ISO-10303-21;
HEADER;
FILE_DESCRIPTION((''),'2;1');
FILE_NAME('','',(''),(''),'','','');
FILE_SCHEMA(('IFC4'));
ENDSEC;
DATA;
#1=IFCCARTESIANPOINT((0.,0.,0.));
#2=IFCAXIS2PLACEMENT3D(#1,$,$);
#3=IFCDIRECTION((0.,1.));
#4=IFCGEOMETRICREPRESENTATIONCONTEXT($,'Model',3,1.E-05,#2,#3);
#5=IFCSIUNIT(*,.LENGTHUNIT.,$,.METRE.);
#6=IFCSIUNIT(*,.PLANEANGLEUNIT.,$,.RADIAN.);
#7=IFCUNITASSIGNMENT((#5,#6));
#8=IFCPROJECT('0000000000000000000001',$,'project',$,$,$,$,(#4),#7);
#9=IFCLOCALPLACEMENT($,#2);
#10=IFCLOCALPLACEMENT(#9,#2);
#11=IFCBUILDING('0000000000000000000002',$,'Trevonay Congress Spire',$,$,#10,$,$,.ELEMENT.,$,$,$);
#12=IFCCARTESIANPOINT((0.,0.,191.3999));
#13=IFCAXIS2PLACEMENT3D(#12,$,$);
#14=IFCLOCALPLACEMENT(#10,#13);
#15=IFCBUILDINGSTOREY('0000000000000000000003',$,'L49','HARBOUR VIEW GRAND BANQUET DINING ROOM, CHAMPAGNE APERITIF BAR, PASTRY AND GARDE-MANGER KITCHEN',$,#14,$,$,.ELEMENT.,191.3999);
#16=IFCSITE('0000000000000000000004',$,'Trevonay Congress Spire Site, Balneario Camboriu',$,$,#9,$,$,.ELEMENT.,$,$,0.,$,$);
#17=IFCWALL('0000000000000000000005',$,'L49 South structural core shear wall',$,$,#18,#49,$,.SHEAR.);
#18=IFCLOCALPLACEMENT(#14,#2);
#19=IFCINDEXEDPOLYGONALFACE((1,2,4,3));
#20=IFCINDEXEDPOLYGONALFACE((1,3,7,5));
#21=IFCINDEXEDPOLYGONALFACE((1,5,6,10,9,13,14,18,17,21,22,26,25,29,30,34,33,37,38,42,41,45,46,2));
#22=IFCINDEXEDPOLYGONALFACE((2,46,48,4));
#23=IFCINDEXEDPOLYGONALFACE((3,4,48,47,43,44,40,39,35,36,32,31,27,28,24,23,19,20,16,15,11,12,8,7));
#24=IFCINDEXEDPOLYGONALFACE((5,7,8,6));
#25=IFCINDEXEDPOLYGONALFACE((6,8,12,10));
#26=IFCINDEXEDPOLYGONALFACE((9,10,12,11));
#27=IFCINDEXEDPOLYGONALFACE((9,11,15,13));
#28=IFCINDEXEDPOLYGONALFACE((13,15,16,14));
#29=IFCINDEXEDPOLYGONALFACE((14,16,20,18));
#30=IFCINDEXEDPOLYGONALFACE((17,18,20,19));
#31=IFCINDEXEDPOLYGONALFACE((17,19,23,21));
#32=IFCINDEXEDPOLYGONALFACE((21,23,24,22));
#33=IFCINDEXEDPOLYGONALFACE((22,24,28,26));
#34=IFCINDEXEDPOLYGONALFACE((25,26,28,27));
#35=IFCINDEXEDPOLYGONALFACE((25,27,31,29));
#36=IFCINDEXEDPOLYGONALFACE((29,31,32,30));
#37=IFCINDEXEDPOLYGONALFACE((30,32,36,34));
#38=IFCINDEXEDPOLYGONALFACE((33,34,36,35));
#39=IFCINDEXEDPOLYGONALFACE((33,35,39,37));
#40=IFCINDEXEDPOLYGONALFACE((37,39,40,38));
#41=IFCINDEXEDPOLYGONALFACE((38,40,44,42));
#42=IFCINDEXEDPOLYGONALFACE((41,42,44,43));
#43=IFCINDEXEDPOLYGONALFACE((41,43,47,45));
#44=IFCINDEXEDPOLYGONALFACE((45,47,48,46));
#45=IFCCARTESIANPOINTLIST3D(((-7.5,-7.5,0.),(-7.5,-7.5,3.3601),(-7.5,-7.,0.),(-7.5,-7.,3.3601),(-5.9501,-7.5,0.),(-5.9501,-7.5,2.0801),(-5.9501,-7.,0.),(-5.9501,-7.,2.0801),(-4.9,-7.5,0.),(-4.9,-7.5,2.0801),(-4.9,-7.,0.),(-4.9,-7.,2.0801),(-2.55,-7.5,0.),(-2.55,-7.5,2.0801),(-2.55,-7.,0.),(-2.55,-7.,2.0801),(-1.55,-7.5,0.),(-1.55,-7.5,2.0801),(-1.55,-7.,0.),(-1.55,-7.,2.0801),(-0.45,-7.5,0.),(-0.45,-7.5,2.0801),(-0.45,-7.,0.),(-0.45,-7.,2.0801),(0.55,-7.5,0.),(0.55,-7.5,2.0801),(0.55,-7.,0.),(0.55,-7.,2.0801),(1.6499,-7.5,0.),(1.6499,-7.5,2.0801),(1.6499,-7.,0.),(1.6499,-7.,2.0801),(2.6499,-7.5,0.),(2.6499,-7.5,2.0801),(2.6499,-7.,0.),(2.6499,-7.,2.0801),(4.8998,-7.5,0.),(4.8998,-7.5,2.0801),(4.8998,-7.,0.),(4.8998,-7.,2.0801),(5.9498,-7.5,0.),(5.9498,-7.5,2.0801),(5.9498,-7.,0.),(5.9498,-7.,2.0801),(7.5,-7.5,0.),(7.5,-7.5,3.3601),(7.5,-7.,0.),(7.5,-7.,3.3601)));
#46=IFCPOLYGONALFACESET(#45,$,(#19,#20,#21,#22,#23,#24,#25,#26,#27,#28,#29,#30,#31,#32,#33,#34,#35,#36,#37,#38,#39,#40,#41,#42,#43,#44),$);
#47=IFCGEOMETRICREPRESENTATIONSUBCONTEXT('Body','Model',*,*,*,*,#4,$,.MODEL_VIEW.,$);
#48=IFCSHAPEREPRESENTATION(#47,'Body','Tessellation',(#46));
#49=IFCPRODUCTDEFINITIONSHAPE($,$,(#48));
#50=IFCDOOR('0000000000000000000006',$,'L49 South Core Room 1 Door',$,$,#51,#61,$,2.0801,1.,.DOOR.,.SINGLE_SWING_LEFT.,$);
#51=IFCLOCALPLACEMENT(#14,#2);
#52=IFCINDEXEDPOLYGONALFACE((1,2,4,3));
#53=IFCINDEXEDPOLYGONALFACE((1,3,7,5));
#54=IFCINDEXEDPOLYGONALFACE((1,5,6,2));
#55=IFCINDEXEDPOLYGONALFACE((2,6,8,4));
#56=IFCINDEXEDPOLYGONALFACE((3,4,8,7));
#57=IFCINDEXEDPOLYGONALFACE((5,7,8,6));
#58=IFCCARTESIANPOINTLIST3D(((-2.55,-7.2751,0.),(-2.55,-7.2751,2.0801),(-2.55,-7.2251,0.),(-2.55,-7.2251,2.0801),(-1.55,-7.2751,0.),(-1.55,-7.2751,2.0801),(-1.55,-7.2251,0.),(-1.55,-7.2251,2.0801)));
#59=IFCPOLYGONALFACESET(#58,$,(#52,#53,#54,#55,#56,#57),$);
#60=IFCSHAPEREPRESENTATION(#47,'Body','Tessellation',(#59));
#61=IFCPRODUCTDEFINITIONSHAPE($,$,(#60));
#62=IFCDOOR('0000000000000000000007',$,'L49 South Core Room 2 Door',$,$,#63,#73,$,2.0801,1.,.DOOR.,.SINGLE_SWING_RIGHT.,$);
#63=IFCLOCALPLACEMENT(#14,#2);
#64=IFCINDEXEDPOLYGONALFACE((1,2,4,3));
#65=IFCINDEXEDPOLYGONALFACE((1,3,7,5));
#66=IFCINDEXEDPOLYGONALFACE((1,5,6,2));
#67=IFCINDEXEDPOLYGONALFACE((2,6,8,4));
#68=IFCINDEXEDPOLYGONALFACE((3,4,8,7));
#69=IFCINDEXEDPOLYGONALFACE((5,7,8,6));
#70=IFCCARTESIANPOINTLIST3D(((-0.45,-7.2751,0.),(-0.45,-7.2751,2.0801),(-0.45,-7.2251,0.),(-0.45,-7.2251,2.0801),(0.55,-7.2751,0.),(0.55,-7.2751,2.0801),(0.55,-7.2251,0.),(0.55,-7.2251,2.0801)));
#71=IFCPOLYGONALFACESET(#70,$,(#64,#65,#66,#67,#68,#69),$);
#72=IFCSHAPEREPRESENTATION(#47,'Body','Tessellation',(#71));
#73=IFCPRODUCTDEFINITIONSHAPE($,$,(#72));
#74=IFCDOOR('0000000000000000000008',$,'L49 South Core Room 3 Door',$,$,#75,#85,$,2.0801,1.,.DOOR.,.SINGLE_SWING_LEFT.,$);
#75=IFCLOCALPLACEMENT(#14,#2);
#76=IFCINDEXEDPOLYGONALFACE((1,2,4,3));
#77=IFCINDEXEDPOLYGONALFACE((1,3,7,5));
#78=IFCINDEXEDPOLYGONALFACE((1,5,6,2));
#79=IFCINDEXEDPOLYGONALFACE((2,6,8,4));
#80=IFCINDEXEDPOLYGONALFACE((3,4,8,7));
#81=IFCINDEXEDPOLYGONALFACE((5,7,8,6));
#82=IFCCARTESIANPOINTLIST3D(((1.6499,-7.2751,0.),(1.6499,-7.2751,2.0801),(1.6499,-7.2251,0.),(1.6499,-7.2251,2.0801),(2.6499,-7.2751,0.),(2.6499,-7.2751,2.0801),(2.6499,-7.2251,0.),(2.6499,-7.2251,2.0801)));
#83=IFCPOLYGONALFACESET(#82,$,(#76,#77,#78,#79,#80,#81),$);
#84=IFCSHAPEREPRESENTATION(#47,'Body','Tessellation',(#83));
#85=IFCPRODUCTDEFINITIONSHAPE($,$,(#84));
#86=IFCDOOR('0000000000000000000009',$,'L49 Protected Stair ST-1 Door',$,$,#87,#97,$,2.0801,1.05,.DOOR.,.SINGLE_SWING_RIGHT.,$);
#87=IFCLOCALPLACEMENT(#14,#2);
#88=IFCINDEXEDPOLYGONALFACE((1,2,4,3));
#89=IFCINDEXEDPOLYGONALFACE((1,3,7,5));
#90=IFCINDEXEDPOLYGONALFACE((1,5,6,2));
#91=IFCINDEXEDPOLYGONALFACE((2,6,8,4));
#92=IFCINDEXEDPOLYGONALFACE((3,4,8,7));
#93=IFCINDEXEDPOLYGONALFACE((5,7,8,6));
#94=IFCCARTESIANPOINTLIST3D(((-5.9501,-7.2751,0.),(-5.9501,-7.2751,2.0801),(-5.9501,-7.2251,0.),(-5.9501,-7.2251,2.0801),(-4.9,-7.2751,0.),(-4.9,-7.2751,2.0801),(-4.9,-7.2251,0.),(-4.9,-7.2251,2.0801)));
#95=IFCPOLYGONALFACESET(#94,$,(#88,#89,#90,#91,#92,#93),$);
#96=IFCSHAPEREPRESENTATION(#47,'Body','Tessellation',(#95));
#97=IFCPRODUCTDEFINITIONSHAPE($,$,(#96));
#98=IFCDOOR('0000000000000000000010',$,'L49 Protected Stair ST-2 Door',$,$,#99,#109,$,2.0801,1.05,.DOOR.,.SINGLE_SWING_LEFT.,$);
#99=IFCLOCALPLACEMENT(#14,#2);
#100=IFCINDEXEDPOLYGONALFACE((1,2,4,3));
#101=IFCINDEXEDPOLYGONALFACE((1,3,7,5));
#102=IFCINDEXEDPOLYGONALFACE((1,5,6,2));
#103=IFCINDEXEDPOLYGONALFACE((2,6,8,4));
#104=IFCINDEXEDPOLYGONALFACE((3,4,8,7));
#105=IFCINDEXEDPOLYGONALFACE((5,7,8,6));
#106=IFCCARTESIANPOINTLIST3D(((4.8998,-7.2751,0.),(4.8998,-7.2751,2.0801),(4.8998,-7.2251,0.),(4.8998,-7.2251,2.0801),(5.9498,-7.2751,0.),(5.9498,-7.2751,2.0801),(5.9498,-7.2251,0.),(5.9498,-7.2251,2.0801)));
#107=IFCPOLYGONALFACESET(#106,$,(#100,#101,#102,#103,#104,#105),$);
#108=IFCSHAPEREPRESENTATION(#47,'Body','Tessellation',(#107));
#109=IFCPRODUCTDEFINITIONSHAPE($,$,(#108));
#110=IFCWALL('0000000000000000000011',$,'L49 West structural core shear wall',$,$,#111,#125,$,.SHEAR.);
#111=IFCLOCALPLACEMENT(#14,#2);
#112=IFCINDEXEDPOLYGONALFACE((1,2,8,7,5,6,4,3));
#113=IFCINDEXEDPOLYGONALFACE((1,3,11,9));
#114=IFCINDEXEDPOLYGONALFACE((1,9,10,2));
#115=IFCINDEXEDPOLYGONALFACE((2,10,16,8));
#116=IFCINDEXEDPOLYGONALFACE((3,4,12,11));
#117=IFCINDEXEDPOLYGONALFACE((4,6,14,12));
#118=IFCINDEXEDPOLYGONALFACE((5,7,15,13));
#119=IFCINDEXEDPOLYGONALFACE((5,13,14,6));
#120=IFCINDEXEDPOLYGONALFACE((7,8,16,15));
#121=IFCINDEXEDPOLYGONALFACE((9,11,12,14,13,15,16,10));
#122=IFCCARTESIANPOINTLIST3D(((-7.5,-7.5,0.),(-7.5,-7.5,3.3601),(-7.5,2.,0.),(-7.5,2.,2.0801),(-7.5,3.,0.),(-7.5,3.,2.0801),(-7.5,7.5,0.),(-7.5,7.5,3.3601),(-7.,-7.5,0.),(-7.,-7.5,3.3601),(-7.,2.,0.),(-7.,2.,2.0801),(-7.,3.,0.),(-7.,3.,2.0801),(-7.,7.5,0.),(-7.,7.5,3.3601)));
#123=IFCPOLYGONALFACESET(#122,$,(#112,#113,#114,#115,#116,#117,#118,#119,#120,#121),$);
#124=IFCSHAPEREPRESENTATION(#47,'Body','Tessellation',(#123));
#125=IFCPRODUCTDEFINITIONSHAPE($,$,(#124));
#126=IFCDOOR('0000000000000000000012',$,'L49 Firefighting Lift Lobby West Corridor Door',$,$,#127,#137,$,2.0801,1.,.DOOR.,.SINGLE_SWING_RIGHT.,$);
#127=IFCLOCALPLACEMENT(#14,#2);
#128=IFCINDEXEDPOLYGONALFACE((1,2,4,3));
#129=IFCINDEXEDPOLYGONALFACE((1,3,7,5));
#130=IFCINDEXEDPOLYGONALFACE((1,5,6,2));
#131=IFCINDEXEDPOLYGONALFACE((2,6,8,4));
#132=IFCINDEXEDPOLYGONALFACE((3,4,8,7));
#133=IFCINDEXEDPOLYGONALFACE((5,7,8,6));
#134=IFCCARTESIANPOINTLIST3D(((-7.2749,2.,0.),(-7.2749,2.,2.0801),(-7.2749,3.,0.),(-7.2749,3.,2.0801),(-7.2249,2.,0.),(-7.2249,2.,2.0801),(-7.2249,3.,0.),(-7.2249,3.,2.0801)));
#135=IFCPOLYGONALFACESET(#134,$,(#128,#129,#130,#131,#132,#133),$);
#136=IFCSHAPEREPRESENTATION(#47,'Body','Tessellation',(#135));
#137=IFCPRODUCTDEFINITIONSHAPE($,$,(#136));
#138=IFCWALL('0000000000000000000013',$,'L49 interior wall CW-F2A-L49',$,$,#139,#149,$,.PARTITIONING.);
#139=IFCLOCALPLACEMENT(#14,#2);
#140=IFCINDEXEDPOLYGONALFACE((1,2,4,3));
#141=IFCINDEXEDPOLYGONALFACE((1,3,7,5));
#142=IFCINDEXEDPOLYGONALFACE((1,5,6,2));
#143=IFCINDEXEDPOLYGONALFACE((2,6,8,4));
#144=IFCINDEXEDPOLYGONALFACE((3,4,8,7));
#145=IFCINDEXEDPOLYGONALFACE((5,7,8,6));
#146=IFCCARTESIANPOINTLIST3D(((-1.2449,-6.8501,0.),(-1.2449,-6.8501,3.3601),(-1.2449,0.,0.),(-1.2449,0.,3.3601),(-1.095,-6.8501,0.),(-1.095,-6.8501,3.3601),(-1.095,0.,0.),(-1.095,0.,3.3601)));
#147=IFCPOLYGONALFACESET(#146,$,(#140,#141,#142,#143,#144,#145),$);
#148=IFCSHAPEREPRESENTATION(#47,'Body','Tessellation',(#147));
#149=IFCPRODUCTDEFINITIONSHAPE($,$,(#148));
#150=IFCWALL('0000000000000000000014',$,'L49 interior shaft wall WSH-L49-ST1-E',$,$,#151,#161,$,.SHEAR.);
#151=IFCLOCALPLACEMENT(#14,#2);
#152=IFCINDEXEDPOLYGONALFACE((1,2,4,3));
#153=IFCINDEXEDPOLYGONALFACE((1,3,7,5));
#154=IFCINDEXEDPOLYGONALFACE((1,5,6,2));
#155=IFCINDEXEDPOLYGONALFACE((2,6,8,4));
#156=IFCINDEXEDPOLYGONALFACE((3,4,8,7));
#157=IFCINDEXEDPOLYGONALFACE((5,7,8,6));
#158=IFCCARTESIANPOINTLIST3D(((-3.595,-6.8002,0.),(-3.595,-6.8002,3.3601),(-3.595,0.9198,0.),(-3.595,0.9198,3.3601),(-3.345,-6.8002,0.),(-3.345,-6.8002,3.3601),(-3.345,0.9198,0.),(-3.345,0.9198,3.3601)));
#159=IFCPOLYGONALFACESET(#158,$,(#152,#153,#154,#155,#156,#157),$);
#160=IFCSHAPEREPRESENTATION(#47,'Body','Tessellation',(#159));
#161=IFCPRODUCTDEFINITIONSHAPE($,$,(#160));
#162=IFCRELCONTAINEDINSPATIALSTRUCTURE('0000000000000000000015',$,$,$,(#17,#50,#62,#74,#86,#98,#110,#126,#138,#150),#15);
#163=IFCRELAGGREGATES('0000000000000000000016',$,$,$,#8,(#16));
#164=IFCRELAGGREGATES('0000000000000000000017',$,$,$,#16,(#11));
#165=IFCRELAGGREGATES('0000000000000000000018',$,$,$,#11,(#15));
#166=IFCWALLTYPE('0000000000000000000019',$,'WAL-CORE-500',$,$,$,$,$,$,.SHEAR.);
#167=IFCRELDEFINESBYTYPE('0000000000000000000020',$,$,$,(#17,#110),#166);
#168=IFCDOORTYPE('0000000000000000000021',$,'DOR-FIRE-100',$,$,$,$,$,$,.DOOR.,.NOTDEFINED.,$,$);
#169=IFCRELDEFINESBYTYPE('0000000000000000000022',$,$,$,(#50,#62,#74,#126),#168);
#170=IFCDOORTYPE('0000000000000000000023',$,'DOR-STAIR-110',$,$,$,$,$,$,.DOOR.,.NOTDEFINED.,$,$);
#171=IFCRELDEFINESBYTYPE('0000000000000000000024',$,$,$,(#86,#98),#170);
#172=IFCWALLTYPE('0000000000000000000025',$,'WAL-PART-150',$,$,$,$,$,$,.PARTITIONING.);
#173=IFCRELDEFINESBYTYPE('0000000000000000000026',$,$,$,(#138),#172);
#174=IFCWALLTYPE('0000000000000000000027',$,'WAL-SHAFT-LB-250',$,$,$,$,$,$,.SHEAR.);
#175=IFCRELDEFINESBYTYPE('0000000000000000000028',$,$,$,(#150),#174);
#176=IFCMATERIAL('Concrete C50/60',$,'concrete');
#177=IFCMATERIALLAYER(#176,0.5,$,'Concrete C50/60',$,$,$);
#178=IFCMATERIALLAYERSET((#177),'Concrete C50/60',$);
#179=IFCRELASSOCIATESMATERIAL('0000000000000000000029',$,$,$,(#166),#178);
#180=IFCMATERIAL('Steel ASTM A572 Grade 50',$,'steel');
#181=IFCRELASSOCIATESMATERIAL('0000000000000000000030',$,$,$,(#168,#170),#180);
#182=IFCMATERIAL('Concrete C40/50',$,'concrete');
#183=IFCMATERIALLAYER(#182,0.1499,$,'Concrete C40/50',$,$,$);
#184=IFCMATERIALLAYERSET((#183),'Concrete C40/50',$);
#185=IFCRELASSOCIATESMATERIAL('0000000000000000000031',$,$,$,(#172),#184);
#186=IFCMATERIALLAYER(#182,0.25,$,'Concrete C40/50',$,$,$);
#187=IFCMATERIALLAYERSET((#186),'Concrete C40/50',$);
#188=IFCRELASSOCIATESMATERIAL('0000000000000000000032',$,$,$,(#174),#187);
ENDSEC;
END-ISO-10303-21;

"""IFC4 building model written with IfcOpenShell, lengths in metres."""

from ifc_helpers import new_model, si_unit, direction, frame, frame_2d, origin, place, context, subcontext, project, spatial, rectangle, extrude, material, layer, layer_set, type_object, element, fill, save


model = new_model("IFC4")

# Units and contexts
model_context = context("Model", 3, precision=1e-05, world=origin(), true_north=direction((0.0, 1.0)))
body_context = subcontext(model_context, "Body", "Model", "MODEL_VIEW")
ifc_project = project(units=[si_unit("LENGTHUNIT", "METRE"), si_unit("PLANEANGLEUNIT", "RADIAN")], contexts=[model_context])

# Site, building, storey
site_placement = place(None, origin())
site = spatial("IfcSite", under=ifc_project, at=site_placement, Name="Trevonay Congress Spire Site, Balneario Camboriu", CompositionType="ELEMENT", RefElevation=0.0)
building_placement = place(site_placement, origin())
building = spatial("IfcBuilding", under=site, at=building_placement, Name="Trevonay Congress Spire", CompositionType="ELEMENT")
storey_placement = place(building_placement, frame((0.0, 0.0, 191.3999)))
storey = spatial("IfcBuildingStorey", under=building, at=storey_placement, Name="L49", Description="HARBOUR VIEW GRAND BANQUET DINING ROOM, CHAMPAGNE APERITIF BAR, PASTRY AND GARDE-MANGER KITCHEN", CompositionType="ELEMENT", Elevation=191.3999)

# Shared definitions
ifc_material_1 = material(Name="Steel ASTM A572 Grade 50", Category="steel")

# Wall, openings, doors
ifc_material_2 = material(Name="Concrete C50/60", Category="concrete")
ifc_layer_1 = layer(ifc_material_2, 0.5, Name="Concrete C50/60")
ifc_layer_set_1 = layer_set([ifc_layer_1], Name="Concrete C50/60")
wall_type_1 = type_object("IfcWallType", Name="WAL-CORE-500", PredefinedType="SHEAR", material=ifc_layer_set_1)
wall_1_placement = place(storey_placement, frame((-7.5, -7.25, 0.0), z_axis=(0.0, 0.0, 1.0), x_axis=(1.0, 0.0, 0.0)))
wall_1 = element("IfcWall", 1, at=wall_1_placement, inside=storey, type_object=wall_type_1, Name="L49 South structural core shear wall", PredefinedType="SHEAR", context=body_context, shape_type="SweptSolid", body=[
    extrude(rectangle(XDim=15.0, YDim=0.5, at=frame_2d((7.5, 0.0))), origin(), (0.0, 0.0, 1.0), 3.3601),
])
opening_1_placement = place(wall_1_placement, frame((1.55, 0.0, 0.0)))
opening_1 = element("IfcOpeningElement", 2, at=opening_1_placement, cuts=wall_1, PredefinedType="OPENING", context=body_context, shape_type="SweptSolid", body=[
    extrude(rectangle(XDim=1.05, YDim=2.0801, at=frame_2d((0.5249, 1.04))), frame((0.0, 0.26, 0.0), z_axis=(0.0, -1.0, 0.0), x_axis=(1.0, 0.0, 0.0)), (0.0, 0.0, 1.0), 0.52),
])
opening_2_placement = place(wall_1_placement, frame((12.3999, 0.0, 0.0)))
opening_2 = element("IfcOpeningElement", 3, at=opening_2_placement, cuts=wall_1, PredefinedType="OPENING", context=body_context, shape_type="SweptSolid", body=[
    extrude(rectangle(XDim=1.05, YDim=2.0801, at=frame_2d((0.5249, 1.04))), frame((0.0, 0.26, 0.0), z_axis=(0.0, -1.0, 0.0), x_axis=(1.0, 0.0, 0.0)), (0.0, 0.0, 1.0), 0.52),
])
opening_3_placement = place(wall_1_placement, frame((4.95, 0.0, 0.0)))
opening_3 = element("IfcOpeningElement", 4, at=opening_3_placement, cuts=wall_1, PredefinedType="OPENING", context=body_context, shape_type="SweptSolid", body=[
    extrude(rectangle(XDim=1.0, YDim=2.0801, at=frame_2d((0.5, 1.04))), frame((0.0, 0.26, 0.0), z_axis=(0.0, -1.0, 0.0), x_axis=(1.0, 0.0, 0.0)), (0.0, 0.0, 1.0), 0.52),
])
opening_4_placement = place(wall_1_placement, frame((7.05, 0.0, 0.0)))
opening_4 = element("IfcOpeningElement", 5, at=opening_4_placement, cuts=wall_1, PredefinedType="OPENING", context=body_context, shape_type="SweptSolid", body=[
    extrude(rectangle(XDim=1.0, YDim=2.0801, at=frame_2d((0.5, 1.04))), frame((0.0, 0.26, 0.0), z_axis=(0.0, -1.0, 0.0), x_axis=(1.0, 0.0, 0.0)), (0.0, 0.0, 1.0), 0.52),
])
opening_5_placement = place(wall_1_placement, frame((9.1499, 0.0, 0.0)))
opening_5 = element("IfcOpeningElement", 6, at=opening_5_placement, cuts=wall_1, PredefinedType="OPENING", context=body_context, shape_type="SweptSolid", body=[
    extrude(rectangle(XDim=1.0, YDim=2.0801, at=frame_2d((0.5, 1.04))), frame((0.0, 0.26, 0.0), z_axis=(0.0, -1.0, 0.0), x_axis=(1.0, 0.0, 0.0)), (0.0, 0.0, 1.0), 0.52),
])
door_type_1 = type_object("IfcDoorType", Name="DOR-FIRE-100", OperationType="NOTDEFINED", PredefinedType="DOOR", material=ifc_material_1)
door_1_placement = place(opening_3_placement, origin())
door_1 = element("IfcDoor", 7, at=door_1_placement, inside=storey, type_object=door_type_1, Name="L49 South Core Room 1 Door", OperationType="SINGLE_SWING_LEFT", OverallHeight=2.0801, OverallWidth=1.0, PredefinedType="DOOR", context=body_context, shape_type="SweptSolid", body=[
    extrude(rectangle(XDim=1.0, YDim=2.0801, at=frame_2d((0.5, 1.04))), frame((0.0, 0.0249, 0.0), z_axis=(0.0, -1.0, 0.0), x_axis=(1.0, 0.0, 0.0)), (0.0, 0.0, 1.0), 0.05),
])
fill(opening_3, door_1)
door_2_placement = place(opening_4_placement, origin())
door_2 = element("IfcDoor", 8, at=door_2_placement, inside=storey, type_object=door_type_1, Name="L49 South Core Room 2 Door", OperationType="SINGLE_SWING_RIGHT", OverallHeight=2.0801, OverallWidth=1.0, PredefinedType="DOOR", context=body_context, shape_type="SweptSolid", body=[
    extrude(rectangle(XDim=1.0, YDim=2.0801, at=frame_2d((0.5, 1.04))), frame((0.0, 0.0249, 0.0), z_axis=(0.0, -1.0, 0.0), x_axis=(1.0, 0.0, 0.0)), (0.0, 0.0, 1.0), 0.05),
])
fill(opening_4, door_2)
door_3_placement = place(opening_5_placement, origin())
door_3 = element("IfcDoor", 9, at=door_3_placement, inside=storey, type_object=door_type_1, Name="L49 South Core Room 3 Door", OperationType="SINGLE_SWING_LEFT", OverallHeight=2.0801, OverallWidth=1.0, PredefinedType="DOOR", context=body_context, shape_type="SweptSolid", body=[
    extrude(rectangle(XDim=1.0, YDim=2.0801, at=frame_2d((0.5, 1.04))), frame((0.0, 0.0249, 0.0), z_axis=(0.0, -1.0, 0.0), x_axis=(1.0, 0.0, 0.0)), (0.0, 0.0, 1.0), 0.05),
])
fill(opening_5, door_3)
door_type_2 = type_object("IfcDoorType", Name="DOR-STAIR-110", OperationType="NOTDEFINED", PredefinedType="DOOR", material=ifc_material_1)
door_4_placement = place(opening_1_placement, origin())
door_4 = element("IfcDoor", 10, at=door_4_placement, inside=storey, type_object=door_type_2, Name="L49 Protected Stair ST-1 Door", OperationType="SINGLE_SWING_RIGHT", OverallHeight=2.0801, OverallWidth=1.05, PredefinedType="DOOR", context=body_context, shape_type="SweptSolid", body=[
    extrude(rectangle(XDim=1.05, YDim=2.0801, at=frame_2d((0.5249, 1.04))), frame((0.0, 0.0249, 0.0), z_axis=(0.0, -1.0, 0.0), x_axis=(1.0, 0.0, 0.0)), (0.0, 0.0, 1.0), 0.05),
])
fill(opening_1, door_4)
door_5_placement = place(opening_2_placement, origin())
door_5 = element("IfcDoor", 11, at=door_5_placement, inside=storey, type_object=door_type_2, Name="L49 Protected Stair ST-2 Door", OperationType="SINGLE_SWING_LEFT", OverallHeight=2.0801, OverallWidth=1.05, PredefinedType="DOOR", context=body_context, shape_type="SweptSolid", body=[
    extrude(rectangle(XDim=1.05, YDim=2.0801, at=frame_2d((0.5249, 1.04))), frame((0.0, 0.0249, 0.0), z_axis=(0.0, -1.0, 0.0), x_axis=(1.0, 0.0, 0.0)), (0.0, 0.0, 1.0), 0.05),
])
fill(opening_2, door_5)

# Wall, opening, door
wall_2_placement = place(storey_placement, frame((-7.25, -7.5, 0.0), z_axis=(0.0, 0.0, 1.0), x_axis=(0.0, 1.0, 0.0)))
wall_2 = element("IfcWall", 12, at=wall_2_placement, inside=storey, type_object=wall_type_1, Name="L49 West structural core shear wall", PredefinedType="SHEAR", context=body_context, shape_type="SweptSolid", body=[
    extrude(rectangle(XDim=15.0, YDim=0.5, at=frame_2d((7.5, 0.0))), origin(), (0.0, 0.0, 1.0), 3.3601),
])
opening_6_placement = place(wall_2_placement, frame((9.5, 0.0, 0.0)))
opening_6 = element("IfcOpeningElement", 13, at=opening_6_placement, cuts=wall_2, PredefinedType="OPENING", context=body_context, shape_type="SweptSolid", body=[
    extrude(rectangle(XDim=1.0, YDim=2.0801, at=frame_2d((0.5, 1.04))), frame((0.0, 0.26, 0.0), z_axis=(0.0, -1.0, 0.0), x_axis=(1.0, 0.0, 0.0)), (0.0, 0.0, 1.0), 0.52),
])
door_6_placement = place(opening_6_placement, origin())
door_6 = element("IfcDoor", 14, at=door_6_placement, inside=storey, type_object=door_type_1, Name="L49 Firefighting Lift Lobby West Corridor Door", OperationType="SINGLE_SWING_RIGHT", OverallHeight=2.0801, OverallWidth=1.0, PredefinedType="DOOR", context=body_context, shape_type="SweptSolid", body=[
    extrude(rectangle(XDim=1.0, YDim=2.0801, at=frame_2d((0.5, 1.04))), frame((0.0, 0.0249, 0.0), z_axis=(0.0, -1.0, 0.0), x_axis=(1.0, 0.0, 0.0)), (0.0, 0.0, 1.0), 0.05),
])
fill(opening_6, door_6)

# Walls
ifc_material_3 = material(Name="Concrete C40/50", Category="concrete")
ifc_layer_2 = layer(ifc_material_3, 0.1499, Name="Concrete C40/50")
ifc_layer_set_2 = layer_set([ifc_layer_2], Name="Concrete C40/50")
wall_type_2 = type_object("IfcWallType", Name="WAL-PART-150", PredefinedType="PARTITIONING", material=ifc_layer_set_2)
wall_3_placement = place(storey_placement, frame((-1.1699, -6.8501, 0.0), z_axis=(0.0, 0.0, 1.0), x_axis=(0.0, 1.0, 0.0)))
element("IfcWall", 15, at=wall_3_placement, inside=storey, type_object=wall_type_2, Name="L49 interior wall CW-F2A-L49", PredefinedType="PARTITIONING", context=body_context, shape_type="SweptSolid", body=[
    extrude(rectangle(XDim=6.8501, YDim=0.1499, at=frame_2d((3.425, 0.0))), origin(), (0.0, 0.0, 1.0), 3.3601),
])
ifc_layer_3 = layer(ifc_material_3, 0.25, Name="Concrete C40/50")
ifc_layer_set_3 = layer_set([ifc_layer_3], Name="Concrete C40/50")
wall_type_3 = type_object("IfcWallType", Name="WAL-SHAFT-LB-250", PredefinedType="SHEAR", material=ifc_layer_set_3)
wall_4_placement = place(storey_placement, frame((-3.47, -6.8, 0.0), z_axis=(0.0, 0.0, 1.0), x_axis=(0.0, 1.0, 0.0)))
element("IfcWall", 16, at=wall_4_placement, inside=storey, type_object=wall_type_3, Name="L49 interior shaft wall WSH-L49-ST1-E", PredefinedType="SHEAR", context=body_context, shape_type="SweptSolid", body=[
    extrude(rectangle(XDim=7.72, YDim=0.25, at=frame_2d((3.8599, 0.0))), origin(), (0.0, 0.0, 1.0), 3.3601),
])

save(model, "model.ifc")
